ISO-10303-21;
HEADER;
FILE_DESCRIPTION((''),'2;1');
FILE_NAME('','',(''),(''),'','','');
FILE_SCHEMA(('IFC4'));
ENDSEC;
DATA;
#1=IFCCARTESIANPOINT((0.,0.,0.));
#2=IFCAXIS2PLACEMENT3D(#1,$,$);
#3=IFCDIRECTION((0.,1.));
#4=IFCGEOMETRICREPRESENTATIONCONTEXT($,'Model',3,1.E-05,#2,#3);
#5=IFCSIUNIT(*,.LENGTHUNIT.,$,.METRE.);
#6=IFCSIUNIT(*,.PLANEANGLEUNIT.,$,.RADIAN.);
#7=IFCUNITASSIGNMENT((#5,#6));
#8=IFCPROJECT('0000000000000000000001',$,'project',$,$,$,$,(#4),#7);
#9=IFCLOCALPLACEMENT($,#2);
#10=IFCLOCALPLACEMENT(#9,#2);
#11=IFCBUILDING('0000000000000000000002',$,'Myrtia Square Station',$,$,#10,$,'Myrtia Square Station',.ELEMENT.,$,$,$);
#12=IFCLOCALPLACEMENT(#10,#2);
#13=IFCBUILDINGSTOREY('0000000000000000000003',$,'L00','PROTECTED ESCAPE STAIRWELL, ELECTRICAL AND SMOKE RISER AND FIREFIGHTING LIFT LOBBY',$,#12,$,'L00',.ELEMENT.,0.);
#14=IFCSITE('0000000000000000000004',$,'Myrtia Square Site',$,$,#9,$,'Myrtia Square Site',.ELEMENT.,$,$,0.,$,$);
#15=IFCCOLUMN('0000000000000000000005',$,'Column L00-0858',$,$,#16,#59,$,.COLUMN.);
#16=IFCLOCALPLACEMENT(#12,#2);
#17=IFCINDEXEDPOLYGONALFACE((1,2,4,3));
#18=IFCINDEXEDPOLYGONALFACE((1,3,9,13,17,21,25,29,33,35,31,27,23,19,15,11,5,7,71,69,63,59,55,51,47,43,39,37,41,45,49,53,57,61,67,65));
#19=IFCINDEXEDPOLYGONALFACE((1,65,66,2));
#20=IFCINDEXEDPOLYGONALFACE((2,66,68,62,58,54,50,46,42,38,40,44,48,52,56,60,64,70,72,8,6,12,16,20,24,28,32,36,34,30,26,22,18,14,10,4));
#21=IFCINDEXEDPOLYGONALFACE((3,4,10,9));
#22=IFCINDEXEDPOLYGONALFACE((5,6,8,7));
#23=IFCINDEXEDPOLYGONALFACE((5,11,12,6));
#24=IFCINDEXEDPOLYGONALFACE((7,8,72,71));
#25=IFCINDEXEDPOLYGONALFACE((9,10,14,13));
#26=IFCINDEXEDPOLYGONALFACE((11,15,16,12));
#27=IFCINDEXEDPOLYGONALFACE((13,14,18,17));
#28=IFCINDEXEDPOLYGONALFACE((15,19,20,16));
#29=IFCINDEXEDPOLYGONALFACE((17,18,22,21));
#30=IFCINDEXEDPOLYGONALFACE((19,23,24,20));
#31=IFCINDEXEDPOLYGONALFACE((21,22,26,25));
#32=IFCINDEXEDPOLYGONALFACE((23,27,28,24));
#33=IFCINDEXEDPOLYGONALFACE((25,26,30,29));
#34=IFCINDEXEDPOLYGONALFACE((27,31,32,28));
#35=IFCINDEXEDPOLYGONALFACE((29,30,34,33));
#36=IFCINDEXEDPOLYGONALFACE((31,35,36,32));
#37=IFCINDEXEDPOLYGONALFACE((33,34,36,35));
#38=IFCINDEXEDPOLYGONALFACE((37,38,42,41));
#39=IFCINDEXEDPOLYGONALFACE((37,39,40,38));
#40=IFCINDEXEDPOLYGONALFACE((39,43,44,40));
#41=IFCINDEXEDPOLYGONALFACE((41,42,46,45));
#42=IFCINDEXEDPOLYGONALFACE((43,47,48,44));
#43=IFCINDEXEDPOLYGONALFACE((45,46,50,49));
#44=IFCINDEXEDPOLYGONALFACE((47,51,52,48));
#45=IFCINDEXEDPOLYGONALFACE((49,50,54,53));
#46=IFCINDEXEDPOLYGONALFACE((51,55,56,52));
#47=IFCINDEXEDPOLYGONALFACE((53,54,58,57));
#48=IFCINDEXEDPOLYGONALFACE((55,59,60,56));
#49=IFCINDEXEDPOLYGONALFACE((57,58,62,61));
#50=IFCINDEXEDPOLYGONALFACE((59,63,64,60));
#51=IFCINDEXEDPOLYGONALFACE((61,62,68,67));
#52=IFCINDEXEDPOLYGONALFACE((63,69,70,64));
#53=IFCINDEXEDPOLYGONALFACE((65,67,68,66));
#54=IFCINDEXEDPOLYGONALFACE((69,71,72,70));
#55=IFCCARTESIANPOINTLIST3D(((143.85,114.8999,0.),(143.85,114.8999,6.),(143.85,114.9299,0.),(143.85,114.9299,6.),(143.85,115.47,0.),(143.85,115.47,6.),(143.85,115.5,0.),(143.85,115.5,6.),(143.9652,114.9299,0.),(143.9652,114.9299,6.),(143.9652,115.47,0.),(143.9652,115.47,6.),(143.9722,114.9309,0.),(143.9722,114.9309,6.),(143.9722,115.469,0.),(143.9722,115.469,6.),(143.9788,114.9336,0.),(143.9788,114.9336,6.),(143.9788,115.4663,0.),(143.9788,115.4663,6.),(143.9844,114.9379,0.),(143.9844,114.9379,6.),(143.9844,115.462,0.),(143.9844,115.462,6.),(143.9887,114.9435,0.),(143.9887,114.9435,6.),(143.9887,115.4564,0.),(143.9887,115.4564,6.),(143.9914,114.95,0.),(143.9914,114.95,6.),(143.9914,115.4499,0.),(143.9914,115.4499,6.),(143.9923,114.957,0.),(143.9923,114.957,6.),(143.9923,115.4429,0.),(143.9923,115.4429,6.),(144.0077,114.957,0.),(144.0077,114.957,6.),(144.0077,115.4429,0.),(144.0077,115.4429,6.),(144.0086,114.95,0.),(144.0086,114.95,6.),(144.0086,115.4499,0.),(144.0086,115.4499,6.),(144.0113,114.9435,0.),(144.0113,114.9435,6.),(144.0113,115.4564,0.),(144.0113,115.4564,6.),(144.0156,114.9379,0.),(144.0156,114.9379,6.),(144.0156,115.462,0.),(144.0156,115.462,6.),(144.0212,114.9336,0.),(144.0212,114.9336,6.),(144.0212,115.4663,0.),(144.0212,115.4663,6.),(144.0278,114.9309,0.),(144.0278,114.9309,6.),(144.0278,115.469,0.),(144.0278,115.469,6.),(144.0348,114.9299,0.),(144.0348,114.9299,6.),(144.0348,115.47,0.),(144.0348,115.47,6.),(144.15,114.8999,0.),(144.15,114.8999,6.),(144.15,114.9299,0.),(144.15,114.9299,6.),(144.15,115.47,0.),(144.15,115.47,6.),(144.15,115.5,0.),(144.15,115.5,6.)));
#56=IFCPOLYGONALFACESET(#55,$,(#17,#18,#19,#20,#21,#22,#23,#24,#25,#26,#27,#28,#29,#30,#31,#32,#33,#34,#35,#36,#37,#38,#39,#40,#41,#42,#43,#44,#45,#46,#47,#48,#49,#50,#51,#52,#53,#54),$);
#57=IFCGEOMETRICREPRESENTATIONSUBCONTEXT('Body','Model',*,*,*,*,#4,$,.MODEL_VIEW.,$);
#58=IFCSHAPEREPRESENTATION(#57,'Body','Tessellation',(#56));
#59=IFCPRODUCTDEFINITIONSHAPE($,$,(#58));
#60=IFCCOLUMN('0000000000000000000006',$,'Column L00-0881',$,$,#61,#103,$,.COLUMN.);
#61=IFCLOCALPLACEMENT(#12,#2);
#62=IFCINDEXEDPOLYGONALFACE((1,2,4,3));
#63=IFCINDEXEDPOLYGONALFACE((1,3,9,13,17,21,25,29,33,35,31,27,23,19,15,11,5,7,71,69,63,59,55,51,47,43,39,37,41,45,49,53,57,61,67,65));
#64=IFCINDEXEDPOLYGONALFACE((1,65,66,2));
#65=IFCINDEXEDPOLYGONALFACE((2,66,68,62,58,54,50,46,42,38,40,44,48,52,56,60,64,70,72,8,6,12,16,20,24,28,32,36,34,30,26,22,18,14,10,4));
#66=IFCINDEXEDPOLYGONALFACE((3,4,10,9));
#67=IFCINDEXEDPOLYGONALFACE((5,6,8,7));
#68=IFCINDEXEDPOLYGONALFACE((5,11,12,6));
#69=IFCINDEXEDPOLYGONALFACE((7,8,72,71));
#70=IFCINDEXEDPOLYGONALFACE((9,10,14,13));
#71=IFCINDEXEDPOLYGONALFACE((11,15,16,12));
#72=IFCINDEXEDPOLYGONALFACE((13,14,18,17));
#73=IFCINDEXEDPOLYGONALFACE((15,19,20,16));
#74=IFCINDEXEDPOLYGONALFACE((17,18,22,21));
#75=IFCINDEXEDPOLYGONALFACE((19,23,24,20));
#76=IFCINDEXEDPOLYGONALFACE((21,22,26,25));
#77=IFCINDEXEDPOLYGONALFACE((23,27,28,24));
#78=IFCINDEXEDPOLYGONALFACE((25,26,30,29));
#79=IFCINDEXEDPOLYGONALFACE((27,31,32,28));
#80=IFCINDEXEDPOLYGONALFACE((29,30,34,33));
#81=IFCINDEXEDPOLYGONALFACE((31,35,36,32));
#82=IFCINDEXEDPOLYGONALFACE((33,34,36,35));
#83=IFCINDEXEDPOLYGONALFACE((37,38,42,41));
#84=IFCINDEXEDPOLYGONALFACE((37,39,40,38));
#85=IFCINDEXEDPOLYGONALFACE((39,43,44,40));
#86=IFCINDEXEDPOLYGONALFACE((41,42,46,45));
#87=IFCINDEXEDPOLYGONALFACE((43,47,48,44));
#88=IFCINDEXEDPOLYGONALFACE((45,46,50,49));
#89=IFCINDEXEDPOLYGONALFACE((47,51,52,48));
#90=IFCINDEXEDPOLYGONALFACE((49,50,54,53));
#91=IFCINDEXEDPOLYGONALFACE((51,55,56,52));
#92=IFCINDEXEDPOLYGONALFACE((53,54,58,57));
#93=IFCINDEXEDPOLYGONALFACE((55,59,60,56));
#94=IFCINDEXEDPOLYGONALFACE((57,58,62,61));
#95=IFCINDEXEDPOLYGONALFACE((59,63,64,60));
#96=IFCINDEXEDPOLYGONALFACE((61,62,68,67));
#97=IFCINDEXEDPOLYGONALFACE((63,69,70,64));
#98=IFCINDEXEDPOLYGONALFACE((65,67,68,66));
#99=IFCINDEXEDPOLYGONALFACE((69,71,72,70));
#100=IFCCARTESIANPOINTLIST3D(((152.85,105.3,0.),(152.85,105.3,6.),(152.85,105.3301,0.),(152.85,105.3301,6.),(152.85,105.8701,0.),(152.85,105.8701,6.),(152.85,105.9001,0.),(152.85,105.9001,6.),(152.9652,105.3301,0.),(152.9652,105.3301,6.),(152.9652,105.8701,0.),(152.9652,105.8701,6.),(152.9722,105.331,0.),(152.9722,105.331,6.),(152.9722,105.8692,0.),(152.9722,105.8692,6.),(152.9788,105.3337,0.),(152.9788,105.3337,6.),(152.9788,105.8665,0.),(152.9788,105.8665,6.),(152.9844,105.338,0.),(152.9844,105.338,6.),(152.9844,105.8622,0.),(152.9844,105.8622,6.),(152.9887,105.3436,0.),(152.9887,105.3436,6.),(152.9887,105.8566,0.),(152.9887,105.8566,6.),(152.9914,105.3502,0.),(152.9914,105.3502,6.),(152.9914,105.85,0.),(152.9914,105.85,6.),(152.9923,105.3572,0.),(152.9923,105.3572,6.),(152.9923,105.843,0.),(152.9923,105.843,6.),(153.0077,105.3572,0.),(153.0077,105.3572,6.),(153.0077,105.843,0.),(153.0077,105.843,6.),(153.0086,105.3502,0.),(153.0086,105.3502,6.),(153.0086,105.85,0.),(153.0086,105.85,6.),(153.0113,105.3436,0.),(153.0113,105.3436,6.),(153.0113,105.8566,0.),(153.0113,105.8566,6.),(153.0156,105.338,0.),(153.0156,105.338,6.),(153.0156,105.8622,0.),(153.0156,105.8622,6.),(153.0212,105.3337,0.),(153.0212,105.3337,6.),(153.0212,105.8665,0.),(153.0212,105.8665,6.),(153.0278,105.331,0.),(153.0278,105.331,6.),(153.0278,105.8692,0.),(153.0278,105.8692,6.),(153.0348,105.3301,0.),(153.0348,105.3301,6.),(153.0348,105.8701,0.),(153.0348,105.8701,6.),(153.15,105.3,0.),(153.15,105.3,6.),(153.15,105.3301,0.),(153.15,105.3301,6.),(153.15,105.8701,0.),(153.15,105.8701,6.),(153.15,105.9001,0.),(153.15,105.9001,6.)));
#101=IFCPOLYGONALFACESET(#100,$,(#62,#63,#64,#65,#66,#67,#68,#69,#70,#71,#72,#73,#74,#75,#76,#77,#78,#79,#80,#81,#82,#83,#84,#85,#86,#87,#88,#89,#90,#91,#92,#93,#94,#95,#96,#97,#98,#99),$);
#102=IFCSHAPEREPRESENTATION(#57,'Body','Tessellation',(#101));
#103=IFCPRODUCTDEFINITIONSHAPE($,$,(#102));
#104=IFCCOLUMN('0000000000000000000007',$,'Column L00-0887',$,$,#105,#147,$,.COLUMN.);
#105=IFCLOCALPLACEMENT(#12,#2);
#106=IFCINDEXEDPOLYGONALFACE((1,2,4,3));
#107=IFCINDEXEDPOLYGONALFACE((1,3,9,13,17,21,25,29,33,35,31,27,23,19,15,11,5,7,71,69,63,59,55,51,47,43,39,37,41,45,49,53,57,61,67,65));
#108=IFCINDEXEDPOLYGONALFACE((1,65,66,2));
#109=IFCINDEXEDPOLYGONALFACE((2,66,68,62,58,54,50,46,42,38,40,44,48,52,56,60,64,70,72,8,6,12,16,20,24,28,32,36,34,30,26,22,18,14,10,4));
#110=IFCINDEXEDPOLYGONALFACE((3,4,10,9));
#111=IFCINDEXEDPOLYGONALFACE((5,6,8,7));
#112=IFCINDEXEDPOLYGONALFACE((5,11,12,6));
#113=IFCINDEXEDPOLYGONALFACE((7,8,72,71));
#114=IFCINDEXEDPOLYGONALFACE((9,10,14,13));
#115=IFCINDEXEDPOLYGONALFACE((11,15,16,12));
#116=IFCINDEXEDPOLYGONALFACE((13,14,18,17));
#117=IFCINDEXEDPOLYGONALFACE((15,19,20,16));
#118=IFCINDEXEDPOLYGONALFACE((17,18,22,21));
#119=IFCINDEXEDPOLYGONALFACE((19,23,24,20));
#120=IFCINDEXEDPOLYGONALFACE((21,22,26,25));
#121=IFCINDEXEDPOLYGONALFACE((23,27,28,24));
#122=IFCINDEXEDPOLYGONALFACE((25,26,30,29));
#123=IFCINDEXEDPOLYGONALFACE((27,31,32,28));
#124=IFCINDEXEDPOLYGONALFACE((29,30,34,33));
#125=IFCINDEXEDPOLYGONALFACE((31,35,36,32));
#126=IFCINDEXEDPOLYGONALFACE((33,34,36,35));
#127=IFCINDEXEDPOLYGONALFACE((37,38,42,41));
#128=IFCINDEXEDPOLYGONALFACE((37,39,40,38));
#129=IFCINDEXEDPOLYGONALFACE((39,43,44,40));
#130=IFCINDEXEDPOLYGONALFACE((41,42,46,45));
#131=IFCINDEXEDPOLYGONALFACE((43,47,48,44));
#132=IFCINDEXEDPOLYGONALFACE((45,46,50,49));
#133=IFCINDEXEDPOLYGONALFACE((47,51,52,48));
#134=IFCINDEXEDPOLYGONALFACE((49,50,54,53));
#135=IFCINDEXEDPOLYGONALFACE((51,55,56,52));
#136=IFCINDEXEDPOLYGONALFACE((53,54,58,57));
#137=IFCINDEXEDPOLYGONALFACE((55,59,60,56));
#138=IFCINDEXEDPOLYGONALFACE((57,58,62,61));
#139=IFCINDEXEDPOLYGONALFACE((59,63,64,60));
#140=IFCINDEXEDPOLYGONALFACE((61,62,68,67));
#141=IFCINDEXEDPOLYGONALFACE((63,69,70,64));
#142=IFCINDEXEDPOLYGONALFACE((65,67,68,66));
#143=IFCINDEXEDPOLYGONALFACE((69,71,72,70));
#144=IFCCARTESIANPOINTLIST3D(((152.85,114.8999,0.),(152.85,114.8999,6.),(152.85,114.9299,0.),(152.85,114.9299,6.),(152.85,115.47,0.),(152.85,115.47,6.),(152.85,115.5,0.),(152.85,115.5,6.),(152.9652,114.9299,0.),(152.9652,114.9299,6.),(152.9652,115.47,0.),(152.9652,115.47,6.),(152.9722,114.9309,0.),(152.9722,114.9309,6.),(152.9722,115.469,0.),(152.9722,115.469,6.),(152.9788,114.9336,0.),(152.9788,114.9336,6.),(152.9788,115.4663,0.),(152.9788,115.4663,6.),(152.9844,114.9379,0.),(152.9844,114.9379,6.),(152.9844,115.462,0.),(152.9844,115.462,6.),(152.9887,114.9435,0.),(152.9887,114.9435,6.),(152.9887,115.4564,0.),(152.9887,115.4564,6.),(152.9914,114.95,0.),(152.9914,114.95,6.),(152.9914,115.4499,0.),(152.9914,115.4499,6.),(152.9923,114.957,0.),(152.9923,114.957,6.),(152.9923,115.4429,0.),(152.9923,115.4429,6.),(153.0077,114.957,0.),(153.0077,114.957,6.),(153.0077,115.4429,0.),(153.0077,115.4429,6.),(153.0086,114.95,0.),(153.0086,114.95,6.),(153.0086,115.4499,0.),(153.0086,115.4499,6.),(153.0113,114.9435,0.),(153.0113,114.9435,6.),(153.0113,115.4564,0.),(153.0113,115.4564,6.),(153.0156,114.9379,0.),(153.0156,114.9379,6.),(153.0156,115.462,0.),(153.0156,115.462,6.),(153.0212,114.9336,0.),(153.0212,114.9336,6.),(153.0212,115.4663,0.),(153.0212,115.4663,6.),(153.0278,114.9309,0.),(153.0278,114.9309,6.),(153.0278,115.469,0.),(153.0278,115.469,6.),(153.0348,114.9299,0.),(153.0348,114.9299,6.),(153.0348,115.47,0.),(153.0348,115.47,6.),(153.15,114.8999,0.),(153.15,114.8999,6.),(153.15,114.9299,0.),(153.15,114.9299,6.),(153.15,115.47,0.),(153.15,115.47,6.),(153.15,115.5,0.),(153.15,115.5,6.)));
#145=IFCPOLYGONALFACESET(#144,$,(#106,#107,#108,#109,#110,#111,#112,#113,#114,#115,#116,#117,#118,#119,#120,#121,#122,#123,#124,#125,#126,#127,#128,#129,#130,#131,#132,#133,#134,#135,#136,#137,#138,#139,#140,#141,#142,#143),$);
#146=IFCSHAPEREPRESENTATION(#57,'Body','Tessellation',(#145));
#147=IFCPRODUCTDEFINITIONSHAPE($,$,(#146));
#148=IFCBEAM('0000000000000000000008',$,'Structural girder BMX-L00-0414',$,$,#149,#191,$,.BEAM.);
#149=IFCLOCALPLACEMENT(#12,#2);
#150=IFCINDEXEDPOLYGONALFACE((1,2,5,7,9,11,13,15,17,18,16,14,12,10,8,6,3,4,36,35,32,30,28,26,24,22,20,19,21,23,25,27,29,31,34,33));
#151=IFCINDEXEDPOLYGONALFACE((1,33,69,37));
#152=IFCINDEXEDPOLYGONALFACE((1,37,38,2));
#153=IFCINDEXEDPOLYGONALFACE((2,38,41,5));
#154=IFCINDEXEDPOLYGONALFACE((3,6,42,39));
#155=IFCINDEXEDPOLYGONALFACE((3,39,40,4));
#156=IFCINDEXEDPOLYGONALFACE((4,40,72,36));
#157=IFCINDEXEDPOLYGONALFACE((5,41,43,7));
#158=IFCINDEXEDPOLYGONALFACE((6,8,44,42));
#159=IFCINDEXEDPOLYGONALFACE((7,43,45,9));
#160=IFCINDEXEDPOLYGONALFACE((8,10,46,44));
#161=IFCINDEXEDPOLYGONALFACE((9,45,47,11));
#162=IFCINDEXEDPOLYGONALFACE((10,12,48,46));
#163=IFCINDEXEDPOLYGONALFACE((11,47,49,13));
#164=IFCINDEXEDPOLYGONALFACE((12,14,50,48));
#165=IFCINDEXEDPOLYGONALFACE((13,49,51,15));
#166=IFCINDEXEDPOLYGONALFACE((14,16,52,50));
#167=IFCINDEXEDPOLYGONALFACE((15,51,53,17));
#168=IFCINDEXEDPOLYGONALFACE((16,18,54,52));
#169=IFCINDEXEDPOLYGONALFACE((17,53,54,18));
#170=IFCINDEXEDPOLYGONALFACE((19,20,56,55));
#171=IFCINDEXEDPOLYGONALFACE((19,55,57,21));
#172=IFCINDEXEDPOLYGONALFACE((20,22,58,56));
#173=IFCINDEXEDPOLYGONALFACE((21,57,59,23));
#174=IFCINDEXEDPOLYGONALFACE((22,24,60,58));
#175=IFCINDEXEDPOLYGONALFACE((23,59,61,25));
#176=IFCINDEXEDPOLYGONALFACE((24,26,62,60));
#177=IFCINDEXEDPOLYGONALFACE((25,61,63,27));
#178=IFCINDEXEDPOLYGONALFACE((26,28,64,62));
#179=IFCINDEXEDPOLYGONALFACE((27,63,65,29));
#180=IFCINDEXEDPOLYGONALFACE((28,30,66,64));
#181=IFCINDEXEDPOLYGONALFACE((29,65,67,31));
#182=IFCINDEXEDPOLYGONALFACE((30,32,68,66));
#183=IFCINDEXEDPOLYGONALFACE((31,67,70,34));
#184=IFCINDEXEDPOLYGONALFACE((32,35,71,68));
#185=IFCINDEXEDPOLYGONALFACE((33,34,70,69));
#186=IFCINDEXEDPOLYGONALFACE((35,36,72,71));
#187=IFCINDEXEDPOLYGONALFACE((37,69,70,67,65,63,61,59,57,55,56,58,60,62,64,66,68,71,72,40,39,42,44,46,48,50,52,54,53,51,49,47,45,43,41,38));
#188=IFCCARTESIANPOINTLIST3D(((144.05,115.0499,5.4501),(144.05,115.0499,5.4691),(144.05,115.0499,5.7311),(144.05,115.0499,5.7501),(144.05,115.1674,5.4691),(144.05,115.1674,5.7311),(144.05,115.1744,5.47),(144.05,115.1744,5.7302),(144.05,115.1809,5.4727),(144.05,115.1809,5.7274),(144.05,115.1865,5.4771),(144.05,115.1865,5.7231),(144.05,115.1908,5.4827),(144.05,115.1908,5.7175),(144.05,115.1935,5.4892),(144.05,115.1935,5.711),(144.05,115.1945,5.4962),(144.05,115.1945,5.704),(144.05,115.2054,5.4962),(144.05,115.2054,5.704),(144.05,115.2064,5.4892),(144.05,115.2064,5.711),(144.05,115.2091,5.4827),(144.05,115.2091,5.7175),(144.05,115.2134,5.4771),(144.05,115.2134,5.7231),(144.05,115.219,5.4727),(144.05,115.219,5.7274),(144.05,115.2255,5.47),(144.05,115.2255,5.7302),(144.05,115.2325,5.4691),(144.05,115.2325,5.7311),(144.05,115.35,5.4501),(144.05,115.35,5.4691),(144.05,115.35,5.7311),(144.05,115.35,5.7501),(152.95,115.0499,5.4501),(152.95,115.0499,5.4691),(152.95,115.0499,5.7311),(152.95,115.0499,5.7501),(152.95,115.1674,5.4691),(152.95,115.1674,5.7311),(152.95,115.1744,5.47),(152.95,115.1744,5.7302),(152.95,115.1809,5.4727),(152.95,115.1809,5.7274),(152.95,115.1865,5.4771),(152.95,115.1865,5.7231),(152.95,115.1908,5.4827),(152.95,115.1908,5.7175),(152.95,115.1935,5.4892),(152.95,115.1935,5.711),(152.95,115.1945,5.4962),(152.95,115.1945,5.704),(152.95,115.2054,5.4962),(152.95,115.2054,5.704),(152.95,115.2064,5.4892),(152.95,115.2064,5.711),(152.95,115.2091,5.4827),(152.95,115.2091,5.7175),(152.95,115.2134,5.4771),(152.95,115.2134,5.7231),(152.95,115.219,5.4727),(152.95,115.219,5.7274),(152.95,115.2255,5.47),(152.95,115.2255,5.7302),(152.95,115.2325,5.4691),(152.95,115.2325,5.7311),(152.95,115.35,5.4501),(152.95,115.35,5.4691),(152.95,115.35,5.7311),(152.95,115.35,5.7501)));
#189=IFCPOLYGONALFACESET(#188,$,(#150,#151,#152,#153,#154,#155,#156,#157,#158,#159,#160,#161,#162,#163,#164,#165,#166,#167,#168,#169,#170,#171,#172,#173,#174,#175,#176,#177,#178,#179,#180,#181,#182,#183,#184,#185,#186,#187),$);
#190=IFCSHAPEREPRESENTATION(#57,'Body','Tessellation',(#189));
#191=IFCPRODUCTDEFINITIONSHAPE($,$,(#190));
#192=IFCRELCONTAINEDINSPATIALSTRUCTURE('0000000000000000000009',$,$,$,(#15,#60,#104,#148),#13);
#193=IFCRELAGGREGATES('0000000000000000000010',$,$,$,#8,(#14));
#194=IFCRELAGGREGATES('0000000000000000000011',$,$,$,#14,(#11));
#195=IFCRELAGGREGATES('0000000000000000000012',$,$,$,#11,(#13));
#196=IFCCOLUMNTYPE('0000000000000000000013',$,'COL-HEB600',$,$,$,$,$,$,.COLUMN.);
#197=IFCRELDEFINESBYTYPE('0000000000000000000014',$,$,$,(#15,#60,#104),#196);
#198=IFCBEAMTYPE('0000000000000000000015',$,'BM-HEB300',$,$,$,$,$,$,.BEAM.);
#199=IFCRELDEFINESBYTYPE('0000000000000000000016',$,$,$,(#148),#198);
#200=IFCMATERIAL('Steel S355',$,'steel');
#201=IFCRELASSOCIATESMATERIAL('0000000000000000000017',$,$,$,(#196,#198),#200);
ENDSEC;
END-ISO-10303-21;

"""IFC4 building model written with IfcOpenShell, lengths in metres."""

from ifc_helpers import new_model, si_unit, direction, frame, origin, origin_2d, place, context, subcontext, project, spatial, i_section, extrude, material, material_profile, profile_set, type_object, element, save


model = new_model("IFC4")

# Units and contexts
model_context = context("Model", 3, precision=1e-05, world=origin(), true_north=direction((0.0, 1.0)))
body_context = subcontext(model_context, "Body", "Model", "MODEL_VIEW")
ifc_project = project(units=[si_unit("LENGTHUNIT", "METRE"), si_unit("PLANEANGLEUNIT", "RADIAN")], contexts=[model_context])

# Site, building, storey
site_placement = place(None, origin())
site = spatial("IfcSite", under=ifc_project, at=site_placement, Name="Myrtia Square Site", LongName="Myrtia Square Site", CompositionType="ELEMENT", RefElevation=0.0)
building_placement = place(site_placement, origin())
building = spatial("IfcBuilding", under=site, at=building_placement, Name="Myrtia Square Station", LongName="Myrtia Square Station", CompositionType="ELEMENT")
storey_placement = place(building_placement, origin())
storey = spatial("IfcBuildingStorey", under=building, at=storey_placement, Name="L00", Description="PROTECTED ESCAPE STAIRWELL, ELECTRICAL AND SMOKE RISER AND FIREFIGHTING LIFT LOBBY", LongName="L00", CompositionType="ELEMENT", Elevation=0.0)

# Columns
ifc_material_1 = material(Name="Steel S355", Category="steel")
ifc_material_profile_1 = material_profile(ifc_material_1, i_section(OverallWidth=0.3, OverallDepth=0.6001, WebThickness=0.0154, FlangeThickness=0.03, FilletRadius=0.0271, at=origin_2d()), Name="HEB 600")
ifc_profile_set_1 = profile_set([ifc_material_profile_1], Name="Steel S355")
column_type = type_object("IfcColumnType", Name="COL-HEB600", PredefinedType="COLUMN", material=ifc_profile_set_1)
for number, where, z_axis, x_axis, name in (
    (1, (144.0, 115.2, 0.0), (0.0, 0.0, 1.0), (1.0, 0.0, 0.0), "Column L00-0858"),
    (2, (153.0, 105.6001, 0.0), (0.0, 0.0, 1.0), (1.0, 0.0, 0.0), "Column L00-0881"),
    (3, (153.0, 115.2, 0.0), (0.0, 0.0, 1.0), (1.0, 0.0, 0.0), "Column L00-0887"),
):
    element("IfcColumn", number, at=place(storey_placement, frame(where, z_axis=z_axis, x_axis=x_axis)), inside=storey, type_object=column_type, Name=name, PredefinedType="COLUMN", context=body_context, shape_type="SweptSolid", body=[
        extrude(i_section(OverallWidth=0.3, OverallDepth=0.6001, WebThickness=0.0154, FlangeThickness=0.03, FilletRadius=0.0271, at=origin_2d()), origin(), (0.0, 0.0, 1.0), 6.0),
    ])

# Beam
ifc_material_profile_2 = material_profile(ifc_material_1, i_section(OverallWidth=0.3, OverallDepth=0.3, WebThickness=0.011, FlangeThickness=0.019, FilletRadius=0.0271, at=origin_2d()), Name="HEB 300")
ifc_profile_set_2 = profile_set([ifc_material_profile_2], Name="Steel S355")
beam_type_1 = type_object("IfcBeamType", Name="BM-HEB300", PredefinedType="BEAM", material=ifc_profile_set_2)
for number, where, z_axis, x_axis, name in (
    (4, (144.05, 115.2, 5.6001), (1.0, 0.0, 0.0), (0.0, 1.0, 0.0), "Structural girder BMX-L00-0414"),
):
    element("IfcBeam", number, at=place(storey_placement, frame(where, z_axis=z_axis, x_axis=x_axis)), inside=storey, type_object=beam_type_1, Name=name, PredefinedType="BEAM", context=body_context, shape_type="SweptSolid", body=[
        extrude(i_section(OverallWidth=0.3, OverallDepth=0.3, WebThickness=0.011, FlangeThickness=0.019, FilletRadius=0.0271, at=origin_2d()), origin(), (0.0, 0.0, 1.0), 8.8999),
    ])

save(model, "model.ifc")
